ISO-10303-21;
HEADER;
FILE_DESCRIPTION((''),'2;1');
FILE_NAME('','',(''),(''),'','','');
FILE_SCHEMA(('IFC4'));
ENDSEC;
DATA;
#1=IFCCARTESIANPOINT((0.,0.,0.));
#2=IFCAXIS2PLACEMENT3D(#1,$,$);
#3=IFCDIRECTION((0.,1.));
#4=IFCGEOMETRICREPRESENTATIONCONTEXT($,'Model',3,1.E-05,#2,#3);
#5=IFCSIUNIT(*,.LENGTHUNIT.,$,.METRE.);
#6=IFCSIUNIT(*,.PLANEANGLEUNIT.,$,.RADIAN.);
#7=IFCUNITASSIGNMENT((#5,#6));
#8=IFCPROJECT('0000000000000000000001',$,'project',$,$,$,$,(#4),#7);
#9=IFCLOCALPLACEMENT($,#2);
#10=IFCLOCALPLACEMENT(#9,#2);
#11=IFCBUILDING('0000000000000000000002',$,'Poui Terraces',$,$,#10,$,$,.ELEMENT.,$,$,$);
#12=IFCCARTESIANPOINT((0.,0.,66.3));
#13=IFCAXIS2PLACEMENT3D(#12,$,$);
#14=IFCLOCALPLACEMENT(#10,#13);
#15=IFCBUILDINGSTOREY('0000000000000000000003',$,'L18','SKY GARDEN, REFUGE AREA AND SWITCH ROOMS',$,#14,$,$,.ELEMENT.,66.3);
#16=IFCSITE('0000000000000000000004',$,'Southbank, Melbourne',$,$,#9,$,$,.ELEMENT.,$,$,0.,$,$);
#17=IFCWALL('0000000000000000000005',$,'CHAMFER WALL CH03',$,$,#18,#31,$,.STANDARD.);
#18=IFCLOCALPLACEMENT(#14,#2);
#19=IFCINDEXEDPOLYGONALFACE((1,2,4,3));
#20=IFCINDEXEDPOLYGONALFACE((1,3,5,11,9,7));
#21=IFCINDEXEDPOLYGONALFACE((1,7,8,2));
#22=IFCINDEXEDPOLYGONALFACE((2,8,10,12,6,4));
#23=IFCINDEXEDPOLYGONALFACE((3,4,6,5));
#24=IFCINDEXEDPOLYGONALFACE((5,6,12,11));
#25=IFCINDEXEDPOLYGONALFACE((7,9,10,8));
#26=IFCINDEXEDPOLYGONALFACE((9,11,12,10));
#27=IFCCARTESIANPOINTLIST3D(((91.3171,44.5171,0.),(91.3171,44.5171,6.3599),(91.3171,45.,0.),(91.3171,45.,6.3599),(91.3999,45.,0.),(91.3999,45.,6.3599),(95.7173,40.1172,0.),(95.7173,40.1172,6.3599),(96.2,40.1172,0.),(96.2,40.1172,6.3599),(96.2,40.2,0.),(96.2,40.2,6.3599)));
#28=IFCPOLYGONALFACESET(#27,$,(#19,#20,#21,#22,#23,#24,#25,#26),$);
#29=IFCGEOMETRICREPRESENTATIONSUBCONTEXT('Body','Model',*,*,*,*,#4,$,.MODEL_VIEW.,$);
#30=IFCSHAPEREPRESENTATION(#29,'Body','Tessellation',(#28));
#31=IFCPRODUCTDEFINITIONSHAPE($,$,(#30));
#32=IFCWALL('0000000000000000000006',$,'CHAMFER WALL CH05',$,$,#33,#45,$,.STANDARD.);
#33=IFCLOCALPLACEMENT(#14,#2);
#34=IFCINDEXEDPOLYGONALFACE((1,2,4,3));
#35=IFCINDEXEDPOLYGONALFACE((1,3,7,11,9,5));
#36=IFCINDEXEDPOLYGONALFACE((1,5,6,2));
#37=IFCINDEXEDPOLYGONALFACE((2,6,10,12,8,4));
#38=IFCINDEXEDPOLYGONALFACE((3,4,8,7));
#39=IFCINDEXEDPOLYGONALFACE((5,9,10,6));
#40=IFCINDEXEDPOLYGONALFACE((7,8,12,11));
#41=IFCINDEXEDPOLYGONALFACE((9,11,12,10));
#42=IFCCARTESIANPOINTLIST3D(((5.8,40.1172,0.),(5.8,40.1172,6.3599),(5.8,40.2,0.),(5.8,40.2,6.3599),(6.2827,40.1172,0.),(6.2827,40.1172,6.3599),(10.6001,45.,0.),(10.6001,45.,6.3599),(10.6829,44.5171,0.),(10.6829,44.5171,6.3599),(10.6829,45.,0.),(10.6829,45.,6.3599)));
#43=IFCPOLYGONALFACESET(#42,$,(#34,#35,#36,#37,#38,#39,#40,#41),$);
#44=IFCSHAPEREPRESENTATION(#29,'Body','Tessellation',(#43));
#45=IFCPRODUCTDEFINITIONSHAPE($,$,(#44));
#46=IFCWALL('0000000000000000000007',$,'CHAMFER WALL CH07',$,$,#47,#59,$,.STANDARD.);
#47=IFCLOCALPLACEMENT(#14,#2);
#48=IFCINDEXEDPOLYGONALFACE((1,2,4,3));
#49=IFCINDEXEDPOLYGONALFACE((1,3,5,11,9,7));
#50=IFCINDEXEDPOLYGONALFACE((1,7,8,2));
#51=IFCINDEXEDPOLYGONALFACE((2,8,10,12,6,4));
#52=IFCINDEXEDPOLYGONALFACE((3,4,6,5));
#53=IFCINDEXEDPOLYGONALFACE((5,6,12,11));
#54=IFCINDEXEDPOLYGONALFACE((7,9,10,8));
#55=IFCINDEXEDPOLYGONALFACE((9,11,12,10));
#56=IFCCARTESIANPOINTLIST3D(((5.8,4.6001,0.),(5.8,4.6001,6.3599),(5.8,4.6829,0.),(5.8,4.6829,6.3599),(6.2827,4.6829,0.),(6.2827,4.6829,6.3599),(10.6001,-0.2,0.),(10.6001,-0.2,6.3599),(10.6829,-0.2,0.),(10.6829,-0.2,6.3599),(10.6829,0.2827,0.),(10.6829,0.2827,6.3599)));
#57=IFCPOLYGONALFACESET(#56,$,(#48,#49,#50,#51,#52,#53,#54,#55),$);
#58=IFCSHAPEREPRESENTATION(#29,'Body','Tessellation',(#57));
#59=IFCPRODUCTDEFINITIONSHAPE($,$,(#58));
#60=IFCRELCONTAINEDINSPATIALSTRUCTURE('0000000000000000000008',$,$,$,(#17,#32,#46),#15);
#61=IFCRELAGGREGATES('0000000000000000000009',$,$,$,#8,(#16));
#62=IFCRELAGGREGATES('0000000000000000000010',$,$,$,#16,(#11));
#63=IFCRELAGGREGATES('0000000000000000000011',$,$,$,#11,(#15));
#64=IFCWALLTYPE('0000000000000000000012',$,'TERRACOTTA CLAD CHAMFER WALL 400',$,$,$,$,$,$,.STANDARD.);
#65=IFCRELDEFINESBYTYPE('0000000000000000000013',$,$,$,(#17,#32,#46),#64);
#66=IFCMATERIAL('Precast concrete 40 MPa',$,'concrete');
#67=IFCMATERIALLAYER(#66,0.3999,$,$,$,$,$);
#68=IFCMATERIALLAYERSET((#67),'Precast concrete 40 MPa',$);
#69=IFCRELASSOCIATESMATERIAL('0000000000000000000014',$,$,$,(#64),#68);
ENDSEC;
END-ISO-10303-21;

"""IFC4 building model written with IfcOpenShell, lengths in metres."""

from ifc_helpers import new_model, si_unit, direction, frame, origin, place, context, subcontext, project, spatial, polyline, outline, extrude, material, layer, layer_set, type_object, element, save


model = new_model("IFC4")

# Units and contexts
model_context = context("Model", 3, precision=1e-05, world=origin(), true_north=direction((0.0, 1.0)))
body_context = subcontext(model_context, "Body", "Model", "MODEL_VIEW")
ifc_project = project(units=[si_unit("LENGTHUNIT", "METRE"), si_unit("PLANEANGLEUNIT", "RADIAN")], contexts=[model_context])

# Site, building, storey
site_placement = place(None, origin())
site = spatial("IfcSite", under=ifc_project, at=site_placement, Name="Southbank, Melbourne", CompositionType="ELEMENT", RefElevation=0.0)
building_placement = place(site_placement, origin())
building = spatial("IfcBuilding", under=site, at=building_placement, Name="Poui Terraces", CompositionType="ELEMENT")
storey_placement = place(building_placement, frame((0.0, 0.0, 66.3)))
storey = spatial("IfcBuildingStorey", under=building, at=storey_placement, Name="L18", Description="SKY GARDEN, REFUGE AREA AND SWITCH ROOMS", CompositionType="ELEMENT", Elevation=66.3)

# Walls
ifc_material_1 = material(Name="Precast concrete 40 MPa", Category="concrete")
ifc_layer_1 = layer(ifc_material_1, 0.3999)
ifc_layer_set_1 = layer_set([ifc_layer_1], Name="Precast concrete 40 MPa")
wall_type = type_object("IfcWallType", Name="TERRACOTTA CLAD CHAMFER WALL 400", PredefinedType="STANDARD", material=ifc_layer_set_1)
wall_1_placement = place(storey_placement, origin())
element("IfcWall", 1, at=wall_1_placement, inside=storey, type_object=wall_type, Name="CHAMFER WALL CH03", PredefinedType="STANDARD", context=body_context, shape_type="SweptSolid", body=[
    extrude(outline(polyline([(96.2, 40.1172), (96.2, 40.2), (91.3999, 45.0), (91.3171, 45.0), (91.3171, 44.5171), (95.7173, 40.1172), (96.2, 40.1172)])), origin(), (0.0, 0.0, 1.0), 6.3599),
])
wall_2_placement = place(storey_placement, origin())
element("IfcWall", 2, at=wall_2_placement, inside=storey, type_object=wall_type, Name="CHAMFER WALL CH05", PredefinedType="STANDARD", context=body_context, shape_type="SweptSolid", body=[
    extrude(outline(polyline([(10.6829, 45.0), (10.6001, 45.0), (5.8, 40.2), (5.8, 40.1172), (6.2827, 40.1172), (10.6829, 44.5171), (10.6829, 45.0)])), origin(), (0.0, 0.0, 1.0), 6.3599),
])
wall_3_placement = place(storey_placement, origin())
element("IfcWall", 3, at=wall_3_placement, inside=storey, type_object=wall_type, Name="CHAMFER WALL CH07", PredefinedType="STANDARD", context=body_context, shape_type="SweptSolid", body=[
    extrude(outline(polyline([(5.8, 4.6829), (5.8, 4.6001), (10.6001, -0.2), (10.6829, -0.2), (10.6829, 0.2827), (6.2827, 4.6829), (5.8, 4.6829)])), origin(), (0.0, 0.0, 1.0), 6.3599),
])

save(model, "model.ifc")
